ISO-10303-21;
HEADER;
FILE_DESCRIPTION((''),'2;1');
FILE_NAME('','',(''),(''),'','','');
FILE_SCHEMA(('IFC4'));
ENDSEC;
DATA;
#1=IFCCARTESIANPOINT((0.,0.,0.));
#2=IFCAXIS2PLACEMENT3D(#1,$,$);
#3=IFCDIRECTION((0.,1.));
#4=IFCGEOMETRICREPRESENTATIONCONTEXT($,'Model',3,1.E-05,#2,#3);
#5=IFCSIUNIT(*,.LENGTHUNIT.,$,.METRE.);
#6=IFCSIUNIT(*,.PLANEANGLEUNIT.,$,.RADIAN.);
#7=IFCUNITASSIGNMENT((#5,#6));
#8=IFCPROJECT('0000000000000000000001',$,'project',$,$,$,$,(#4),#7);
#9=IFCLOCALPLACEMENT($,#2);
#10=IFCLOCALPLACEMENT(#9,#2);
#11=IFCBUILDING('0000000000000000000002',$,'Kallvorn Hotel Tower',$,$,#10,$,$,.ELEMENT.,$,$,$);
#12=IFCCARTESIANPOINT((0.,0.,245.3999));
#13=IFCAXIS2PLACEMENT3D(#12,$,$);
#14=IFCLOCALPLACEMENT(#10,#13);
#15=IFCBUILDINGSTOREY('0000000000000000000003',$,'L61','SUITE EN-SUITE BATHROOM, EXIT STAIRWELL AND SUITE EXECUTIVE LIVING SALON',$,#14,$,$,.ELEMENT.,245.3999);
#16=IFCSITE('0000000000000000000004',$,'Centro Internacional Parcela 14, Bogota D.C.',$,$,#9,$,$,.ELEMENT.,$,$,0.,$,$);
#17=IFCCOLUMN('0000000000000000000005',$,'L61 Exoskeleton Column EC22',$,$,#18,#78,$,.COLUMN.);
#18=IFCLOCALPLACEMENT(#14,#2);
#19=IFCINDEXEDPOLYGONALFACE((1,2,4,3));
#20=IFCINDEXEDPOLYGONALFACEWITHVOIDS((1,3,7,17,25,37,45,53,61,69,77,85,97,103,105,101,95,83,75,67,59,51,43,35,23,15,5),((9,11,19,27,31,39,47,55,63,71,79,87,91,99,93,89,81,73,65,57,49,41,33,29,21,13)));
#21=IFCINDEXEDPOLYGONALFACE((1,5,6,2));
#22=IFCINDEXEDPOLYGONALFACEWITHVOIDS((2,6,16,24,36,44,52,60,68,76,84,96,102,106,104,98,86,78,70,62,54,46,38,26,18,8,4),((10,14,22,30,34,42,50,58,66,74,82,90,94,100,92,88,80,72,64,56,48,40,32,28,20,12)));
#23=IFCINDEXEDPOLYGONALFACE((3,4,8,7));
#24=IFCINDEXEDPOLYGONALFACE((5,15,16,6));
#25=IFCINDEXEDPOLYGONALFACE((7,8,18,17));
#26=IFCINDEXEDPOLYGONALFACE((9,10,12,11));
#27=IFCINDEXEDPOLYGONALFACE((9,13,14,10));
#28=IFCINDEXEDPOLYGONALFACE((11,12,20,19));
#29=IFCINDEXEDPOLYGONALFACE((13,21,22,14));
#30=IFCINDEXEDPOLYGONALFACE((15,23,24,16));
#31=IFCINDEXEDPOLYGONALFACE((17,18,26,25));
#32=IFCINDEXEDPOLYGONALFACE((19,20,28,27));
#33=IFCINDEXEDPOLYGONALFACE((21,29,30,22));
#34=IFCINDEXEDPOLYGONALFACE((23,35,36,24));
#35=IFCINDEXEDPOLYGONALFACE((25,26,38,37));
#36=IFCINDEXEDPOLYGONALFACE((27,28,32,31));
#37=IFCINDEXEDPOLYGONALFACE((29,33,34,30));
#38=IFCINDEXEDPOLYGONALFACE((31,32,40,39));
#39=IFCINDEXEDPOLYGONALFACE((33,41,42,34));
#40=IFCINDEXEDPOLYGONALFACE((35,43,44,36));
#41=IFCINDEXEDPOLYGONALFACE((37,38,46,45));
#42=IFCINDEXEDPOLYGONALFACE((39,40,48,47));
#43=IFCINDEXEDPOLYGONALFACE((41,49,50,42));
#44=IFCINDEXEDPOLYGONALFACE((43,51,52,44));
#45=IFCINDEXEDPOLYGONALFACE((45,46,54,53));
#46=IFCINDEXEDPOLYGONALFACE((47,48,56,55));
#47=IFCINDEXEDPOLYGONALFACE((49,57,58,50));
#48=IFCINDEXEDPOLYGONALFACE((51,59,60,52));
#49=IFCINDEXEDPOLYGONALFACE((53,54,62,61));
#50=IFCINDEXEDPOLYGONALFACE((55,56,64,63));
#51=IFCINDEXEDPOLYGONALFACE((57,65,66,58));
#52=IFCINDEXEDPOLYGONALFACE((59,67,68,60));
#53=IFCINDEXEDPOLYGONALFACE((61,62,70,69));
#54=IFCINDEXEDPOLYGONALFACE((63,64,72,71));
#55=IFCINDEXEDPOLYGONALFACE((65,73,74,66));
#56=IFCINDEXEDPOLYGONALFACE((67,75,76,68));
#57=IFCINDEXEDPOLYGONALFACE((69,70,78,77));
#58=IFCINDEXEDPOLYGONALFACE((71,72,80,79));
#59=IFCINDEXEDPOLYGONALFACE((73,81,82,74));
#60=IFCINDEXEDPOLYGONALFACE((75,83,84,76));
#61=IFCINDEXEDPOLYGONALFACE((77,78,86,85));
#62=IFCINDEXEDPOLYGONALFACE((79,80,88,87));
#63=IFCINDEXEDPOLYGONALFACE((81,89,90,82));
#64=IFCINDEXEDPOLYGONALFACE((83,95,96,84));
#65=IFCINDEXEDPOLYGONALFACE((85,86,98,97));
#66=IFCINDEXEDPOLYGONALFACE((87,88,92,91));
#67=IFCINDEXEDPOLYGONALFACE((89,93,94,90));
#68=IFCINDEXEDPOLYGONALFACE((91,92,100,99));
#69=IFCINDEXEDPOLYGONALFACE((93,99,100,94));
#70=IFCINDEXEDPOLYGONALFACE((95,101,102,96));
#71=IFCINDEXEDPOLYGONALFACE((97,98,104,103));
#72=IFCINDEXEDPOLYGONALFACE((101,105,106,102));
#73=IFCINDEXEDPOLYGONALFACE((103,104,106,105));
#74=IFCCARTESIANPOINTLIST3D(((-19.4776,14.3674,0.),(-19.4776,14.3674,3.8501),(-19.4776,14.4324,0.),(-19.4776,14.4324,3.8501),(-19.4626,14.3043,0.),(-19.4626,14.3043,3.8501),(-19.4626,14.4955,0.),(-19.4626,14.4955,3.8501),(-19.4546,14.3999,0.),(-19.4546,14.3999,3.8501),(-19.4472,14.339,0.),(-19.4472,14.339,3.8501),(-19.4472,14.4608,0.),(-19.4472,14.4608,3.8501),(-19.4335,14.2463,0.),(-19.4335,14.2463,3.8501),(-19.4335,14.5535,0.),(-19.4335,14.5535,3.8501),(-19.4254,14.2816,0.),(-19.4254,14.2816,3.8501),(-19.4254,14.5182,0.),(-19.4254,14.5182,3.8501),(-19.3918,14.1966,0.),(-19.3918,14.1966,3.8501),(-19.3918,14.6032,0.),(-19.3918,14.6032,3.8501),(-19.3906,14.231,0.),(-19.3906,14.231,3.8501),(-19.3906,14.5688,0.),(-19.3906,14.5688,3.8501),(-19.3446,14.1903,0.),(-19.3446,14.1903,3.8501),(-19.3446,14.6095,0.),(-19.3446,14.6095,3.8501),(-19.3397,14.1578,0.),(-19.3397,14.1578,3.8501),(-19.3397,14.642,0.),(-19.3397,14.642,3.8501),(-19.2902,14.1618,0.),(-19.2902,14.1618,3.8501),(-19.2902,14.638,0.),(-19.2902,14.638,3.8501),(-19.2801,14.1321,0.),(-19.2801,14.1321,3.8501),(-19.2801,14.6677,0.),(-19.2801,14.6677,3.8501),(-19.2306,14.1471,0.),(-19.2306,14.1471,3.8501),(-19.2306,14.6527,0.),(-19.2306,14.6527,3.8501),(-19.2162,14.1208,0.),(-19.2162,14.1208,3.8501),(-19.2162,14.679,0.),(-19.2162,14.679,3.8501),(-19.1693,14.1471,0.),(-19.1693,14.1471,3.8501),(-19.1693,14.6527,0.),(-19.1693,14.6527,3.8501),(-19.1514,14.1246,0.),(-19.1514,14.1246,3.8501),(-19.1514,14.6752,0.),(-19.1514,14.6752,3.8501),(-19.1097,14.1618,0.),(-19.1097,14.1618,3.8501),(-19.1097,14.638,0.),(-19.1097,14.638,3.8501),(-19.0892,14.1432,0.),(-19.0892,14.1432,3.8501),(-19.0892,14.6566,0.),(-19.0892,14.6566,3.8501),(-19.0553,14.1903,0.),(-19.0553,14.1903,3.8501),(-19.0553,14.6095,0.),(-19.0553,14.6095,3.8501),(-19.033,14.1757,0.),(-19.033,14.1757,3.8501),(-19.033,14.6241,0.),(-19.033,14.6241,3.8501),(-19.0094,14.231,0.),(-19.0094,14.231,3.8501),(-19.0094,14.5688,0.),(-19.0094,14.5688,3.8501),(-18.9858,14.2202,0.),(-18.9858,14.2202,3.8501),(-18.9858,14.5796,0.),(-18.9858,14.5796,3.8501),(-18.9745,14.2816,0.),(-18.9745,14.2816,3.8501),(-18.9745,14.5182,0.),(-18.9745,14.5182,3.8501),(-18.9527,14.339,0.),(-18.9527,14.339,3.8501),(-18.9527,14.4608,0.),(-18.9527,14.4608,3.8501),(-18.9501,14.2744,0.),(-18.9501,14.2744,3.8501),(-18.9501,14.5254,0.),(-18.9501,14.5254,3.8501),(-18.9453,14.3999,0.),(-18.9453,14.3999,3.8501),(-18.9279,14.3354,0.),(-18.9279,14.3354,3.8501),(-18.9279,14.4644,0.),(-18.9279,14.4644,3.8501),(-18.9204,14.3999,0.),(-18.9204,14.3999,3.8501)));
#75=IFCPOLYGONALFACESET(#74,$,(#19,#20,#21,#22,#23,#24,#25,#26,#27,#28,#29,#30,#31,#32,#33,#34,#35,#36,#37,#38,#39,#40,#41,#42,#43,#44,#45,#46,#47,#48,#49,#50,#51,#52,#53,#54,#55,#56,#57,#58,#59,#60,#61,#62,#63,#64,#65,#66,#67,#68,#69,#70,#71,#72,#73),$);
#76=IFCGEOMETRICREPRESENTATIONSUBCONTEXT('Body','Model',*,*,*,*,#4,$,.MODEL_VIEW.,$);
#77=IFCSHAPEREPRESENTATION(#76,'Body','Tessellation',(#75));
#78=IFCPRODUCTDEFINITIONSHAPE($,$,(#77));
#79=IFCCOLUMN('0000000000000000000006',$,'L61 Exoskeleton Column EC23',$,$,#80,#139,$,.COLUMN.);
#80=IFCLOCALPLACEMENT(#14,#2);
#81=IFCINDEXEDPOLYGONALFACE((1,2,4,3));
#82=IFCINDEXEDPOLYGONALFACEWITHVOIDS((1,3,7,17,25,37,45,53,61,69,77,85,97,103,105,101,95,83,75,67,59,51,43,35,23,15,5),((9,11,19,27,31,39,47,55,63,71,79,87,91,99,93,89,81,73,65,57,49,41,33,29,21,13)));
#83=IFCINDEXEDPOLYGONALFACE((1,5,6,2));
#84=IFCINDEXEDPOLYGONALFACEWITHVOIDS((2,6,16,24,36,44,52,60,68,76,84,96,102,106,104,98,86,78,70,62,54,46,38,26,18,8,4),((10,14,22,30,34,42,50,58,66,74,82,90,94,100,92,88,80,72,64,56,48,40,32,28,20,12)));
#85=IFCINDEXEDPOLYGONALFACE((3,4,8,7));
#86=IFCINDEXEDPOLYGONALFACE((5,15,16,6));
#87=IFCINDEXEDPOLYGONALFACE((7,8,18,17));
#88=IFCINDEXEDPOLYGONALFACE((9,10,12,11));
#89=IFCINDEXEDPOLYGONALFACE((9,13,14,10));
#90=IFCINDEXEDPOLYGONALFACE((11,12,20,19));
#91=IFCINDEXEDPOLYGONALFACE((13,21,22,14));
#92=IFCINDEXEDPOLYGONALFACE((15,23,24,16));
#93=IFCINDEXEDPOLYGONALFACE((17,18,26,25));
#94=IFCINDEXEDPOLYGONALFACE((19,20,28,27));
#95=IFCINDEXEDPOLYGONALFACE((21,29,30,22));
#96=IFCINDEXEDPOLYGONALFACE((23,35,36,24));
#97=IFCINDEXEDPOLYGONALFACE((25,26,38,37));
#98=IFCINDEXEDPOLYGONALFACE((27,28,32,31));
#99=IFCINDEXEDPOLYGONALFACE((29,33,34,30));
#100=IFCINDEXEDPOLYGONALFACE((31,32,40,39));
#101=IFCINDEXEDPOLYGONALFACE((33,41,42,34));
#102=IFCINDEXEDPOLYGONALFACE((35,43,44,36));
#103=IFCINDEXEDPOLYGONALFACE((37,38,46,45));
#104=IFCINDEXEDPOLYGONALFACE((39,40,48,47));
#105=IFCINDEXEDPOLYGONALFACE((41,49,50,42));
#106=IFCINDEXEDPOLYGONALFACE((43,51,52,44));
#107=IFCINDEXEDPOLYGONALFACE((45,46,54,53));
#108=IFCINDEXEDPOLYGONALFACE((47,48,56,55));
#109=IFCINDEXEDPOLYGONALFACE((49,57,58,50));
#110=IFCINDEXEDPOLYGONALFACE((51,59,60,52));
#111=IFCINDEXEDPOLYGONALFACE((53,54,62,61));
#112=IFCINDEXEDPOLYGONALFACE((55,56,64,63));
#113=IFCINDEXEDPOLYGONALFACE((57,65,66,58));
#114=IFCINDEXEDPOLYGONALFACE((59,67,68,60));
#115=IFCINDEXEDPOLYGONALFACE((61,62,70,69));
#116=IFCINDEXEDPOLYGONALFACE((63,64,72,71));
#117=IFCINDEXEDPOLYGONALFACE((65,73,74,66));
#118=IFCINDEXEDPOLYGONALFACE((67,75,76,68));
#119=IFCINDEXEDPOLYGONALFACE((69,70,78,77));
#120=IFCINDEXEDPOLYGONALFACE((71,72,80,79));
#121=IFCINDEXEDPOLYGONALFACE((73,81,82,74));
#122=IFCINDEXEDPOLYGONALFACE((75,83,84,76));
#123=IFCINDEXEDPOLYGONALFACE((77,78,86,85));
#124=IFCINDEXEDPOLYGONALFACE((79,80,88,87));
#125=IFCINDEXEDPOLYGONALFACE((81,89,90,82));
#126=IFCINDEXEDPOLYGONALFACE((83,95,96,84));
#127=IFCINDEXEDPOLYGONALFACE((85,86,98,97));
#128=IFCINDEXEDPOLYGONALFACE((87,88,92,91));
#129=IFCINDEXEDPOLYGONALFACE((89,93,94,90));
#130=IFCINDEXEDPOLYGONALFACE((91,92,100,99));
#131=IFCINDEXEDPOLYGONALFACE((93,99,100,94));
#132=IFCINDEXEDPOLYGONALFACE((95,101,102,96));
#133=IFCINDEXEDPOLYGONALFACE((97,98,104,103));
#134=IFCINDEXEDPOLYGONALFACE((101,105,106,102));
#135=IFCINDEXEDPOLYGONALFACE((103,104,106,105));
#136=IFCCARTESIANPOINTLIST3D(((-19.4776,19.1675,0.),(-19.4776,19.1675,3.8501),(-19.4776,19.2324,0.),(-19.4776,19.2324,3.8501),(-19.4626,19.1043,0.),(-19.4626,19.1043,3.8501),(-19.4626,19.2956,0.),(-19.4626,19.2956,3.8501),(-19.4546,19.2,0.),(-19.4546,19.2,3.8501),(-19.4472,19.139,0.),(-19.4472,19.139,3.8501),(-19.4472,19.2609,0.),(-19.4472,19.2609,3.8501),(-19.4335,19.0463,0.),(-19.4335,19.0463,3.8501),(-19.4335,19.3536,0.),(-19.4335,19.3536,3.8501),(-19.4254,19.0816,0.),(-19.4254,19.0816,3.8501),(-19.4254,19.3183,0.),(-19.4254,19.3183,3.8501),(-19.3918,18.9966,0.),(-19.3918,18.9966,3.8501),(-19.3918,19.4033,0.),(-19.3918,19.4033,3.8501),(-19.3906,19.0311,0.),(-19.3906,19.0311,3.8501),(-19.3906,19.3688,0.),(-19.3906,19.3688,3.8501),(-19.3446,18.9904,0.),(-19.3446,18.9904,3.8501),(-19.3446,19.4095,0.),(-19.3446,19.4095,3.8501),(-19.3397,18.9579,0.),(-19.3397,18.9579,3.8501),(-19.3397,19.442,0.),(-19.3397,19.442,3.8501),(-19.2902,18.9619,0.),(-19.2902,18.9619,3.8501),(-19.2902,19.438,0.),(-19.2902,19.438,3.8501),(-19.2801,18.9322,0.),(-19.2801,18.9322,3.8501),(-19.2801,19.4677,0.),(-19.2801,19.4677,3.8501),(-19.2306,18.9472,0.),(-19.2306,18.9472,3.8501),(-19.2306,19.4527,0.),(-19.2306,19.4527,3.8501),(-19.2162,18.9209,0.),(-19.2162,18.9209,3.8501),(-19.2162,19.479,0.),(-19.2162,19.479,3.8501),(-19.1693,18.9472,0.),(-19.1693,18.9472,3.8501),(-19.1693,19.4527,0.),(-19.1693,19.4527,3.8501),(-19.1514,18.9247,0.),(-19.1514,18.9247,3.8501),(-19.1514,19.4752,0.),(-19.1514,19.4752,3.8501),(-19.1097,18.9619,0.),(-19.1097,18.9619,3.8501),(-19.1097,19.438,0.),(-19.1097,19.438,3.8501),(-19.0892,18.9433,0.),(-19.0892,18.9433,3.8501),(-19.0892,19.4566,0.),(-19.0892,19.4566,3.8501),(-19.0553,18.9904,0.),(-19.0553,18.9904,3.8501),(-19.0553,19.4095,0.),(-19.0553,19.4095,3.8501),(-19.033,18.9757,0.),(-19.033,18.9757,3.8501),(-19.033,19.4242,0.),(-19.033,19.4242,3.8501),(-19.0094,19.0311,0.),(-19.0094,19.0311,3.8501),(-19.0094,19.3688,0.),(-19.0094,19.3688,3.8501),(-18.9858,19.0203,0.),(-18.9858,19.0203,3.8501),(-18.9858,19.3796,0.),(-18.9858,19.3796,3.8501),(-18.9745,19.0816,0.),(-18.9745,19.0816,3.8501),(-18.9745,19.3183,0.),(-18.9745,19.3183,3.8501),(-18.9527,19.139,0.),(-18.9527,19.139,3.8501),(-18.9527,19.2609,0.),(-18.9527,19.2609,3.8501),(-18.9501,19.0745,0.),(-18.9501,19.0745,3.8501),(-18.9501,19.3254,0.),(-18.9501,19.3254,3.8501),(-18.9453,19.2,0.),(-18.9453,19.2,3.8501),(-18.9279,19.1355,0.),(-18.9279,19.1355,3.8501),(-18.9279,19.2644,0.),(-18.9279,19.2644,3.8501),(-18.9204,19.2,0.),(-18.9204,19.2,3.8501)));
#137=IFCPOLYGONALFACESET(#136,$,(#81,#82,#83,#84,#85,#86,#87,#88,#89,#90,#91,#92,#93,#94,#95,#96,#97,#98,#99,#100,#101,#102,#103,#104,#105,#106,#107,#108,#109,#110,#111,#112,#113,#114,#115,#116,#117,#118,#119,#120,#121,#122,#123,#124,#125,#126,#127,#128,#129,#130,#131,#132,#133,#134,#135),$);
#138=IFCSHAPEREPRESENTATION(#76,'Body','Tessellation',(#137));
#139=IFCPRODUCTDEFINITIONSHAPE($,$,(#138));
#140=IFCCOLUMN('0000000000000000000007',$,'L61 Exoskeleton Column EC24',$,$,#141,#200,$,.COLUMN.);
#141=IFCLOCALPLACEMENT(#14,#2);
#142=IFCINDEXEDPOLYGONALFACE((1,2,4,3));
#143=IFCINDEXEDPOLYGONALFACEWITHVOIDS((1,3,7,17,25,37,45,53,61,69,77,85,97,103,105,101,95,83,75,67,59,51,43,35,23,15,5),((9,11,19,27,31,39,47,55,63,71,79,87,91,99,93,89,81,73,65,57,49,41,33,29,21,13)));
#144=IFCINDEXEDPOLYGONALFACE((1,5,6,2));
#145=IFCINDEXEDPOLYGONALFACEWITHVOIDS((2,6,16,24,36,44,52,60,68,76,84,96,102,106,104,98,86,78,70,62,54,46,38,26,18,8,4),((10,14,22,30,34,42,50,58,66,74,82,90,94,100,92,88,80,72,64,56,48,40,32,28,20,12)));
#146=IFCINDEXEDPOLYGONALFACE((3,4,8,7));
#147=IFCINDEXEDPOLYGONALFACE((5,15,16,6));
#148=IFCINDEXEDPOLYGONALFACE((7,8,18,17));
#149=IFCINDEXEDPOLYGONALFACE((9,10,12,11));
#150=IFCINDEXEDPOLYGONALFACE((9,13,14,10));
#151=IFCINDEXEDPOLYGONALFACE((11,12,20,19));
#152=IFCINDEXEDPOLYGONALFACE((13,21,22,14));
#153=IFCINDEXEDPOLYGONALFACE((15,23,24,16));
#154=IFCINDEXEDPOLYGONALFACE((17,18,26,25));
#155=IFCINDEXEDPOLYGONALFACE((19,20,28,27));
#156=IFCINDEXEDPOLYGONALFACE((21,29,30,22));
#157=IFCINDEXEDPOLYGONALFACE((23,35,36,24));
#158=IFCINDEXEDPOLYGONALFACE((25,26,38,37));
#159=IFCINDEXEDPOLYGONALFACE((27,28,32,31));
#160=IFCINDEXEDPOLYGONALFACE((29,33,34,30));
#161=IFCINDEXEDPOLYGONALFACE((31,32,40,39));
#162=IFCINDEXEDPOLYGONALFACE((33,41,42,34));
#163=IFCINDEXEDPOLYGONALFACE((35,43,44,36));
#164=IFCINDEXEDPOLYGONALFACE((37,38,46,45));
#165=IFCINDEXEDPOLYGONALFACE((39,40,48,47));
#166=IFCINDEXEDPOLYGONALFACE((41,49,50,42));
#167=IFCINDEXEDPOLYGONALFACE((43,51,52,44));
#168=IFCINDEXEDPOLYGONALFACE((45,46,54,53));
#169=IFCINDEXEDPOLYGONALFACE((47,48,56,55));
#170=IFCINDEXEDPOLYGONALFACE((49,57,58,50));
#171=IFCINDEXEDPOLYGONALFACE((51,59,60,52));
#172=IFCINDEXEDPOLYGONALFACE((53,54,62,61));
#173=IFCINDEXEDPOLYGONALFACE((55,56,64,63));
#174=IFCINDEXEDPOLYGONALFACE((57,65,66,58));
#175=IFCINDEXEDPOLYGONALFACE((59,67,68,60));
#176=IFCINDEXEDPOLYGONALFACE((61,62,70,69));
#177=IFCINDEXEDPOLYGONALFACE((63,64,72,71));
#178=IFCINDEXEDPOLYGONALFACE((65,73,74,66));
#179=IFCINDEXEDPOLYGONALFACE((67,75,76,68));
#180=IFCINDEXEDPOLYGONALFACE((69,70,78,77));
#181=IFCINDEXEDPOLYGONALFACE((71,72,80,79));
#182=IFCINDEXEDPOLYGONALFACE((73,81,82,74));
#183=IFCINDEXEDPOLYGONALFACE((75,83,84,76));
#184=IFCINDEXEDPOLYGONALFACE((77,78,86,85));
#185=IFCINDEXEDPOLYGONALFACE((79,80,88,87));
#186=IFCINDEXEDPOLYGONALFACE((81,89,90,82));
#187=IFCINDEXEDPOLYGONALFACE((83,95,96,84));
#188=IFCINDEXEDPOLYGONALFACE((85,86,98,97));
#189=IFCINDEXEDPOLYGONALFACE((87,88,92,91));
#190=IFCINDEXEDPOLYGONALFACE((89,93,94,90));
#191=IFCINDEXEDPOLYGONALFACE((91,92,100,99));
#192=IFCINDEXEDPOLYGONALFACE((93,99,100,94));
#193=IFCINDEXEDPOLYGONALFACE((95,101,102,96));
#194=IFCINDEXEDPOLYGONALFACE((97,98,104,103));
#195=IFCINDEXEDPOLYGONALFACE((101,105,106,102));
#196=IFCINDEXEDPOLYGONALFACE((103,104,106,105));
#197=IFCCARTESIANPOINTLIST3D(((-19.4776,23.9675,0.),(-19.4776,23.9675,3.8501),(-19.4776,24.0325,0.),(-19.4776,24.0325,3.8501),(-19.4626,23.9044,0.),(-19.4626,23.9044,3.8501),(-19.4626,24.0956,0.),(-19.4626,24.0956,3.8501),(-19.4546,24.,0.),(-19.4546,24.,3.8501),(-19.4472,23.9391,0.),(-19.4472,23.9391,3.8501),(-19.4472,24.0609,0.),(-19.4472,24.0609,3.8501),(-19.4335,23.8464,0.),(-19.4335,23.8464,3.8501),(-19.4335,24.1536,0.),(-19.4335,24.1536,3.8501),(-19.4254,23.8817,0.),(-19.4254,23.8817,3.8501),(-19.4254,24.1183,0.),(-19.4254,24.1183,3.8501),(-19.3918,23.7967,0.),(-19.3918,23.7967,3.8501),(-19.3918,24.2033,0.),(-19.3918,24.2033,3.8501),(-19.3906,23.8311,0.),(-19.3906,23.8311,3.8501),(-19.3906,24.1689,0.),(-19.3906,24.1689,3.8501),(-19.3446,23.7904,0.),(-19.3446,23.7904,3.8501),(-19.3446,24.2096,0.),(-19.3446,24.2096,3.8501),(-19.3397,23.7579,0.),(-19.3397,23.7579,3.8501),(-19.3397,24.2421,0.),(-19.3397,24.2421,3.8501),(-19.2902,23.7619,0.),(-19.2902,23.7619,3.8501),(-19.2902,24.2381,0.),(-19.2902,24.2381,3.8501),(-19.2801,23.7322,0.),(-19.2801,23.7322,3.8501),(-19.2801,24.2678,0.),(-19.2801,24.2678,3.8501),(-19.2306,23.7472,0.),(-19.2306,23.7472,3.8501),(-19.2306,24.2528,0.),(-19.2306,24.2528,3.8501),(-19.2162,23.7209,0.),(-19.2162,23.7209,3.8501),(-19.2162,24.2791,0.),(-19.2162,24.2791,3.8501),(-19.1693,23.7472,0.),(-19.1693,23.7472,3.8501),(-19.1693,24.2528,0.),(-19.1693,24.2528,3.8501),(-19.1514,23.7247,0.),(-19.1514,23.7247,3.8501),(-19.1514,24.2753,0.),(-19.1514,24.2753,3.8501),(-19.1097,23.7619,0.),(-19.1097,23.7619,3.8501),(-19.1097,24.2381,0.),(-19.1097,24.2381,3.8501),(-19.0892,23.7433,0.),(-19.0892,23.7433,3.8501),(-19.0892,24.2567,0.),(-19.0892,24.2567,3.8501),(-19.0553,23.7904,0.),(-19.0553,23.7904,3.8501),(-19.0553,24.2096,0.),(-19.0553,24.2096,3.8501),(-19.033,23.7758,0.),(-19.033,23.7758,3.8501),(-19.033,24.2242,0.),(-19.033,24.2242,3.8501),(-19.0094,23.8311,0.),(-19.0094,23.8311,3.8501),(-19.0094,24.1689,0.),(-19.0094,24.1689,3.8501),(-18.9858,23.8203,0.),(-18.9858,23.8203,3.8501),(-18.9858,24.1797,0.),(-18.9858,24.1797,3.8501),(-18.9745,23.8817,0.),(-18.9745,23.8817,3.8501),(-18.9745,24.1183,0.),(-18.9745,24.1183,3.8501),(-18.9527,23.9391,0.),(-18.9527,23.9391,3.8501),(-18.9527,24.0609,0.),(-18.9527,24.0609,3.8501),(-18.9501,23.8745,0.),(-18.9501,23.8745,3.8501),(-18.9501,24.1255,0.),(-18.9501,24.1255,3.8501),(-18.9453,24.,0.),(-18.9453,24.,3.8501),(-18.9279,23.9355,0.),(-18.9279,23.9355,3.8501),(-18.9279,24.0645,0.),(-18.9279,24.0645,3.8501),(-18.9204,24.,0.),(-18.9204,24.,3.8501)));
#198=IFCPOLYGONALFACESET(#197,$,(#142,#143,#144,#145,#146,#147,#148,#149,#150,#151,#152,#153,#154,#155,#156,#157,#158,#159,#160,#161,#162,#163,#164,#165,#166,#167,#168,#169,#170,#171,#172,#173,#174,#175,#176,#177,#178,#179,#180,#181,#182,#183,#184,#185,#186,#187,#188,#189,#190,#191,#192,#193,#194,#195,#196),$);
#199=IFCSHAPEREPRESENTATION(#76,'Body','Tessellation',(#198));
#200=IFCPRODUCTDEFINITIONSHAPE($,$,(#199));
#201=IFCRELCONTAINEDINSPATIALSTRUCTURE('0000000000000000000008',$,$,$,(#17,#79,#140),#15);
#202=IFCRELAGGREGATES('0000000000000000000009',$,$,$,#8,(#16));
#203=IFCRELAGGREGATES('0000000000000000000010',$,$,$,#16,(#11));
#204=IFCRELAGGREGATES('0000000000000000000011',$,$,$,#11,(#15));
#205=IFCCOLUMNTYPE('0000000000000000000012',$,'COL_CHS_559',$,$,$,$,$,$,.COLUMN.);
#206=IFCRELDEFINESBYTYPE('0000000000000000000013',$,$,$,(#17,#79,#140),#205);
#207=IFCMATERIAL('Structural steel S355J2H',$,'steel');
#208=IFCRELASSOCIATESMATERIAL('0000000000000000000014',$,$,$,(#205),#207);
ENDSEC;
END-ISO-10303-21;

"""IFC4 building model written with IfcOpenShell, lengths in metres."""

from ifc_helpers import new_model, si_unit, direction, frame, origin, origin_2d, place, context, subcontext, project, spatial, hollow_circle, extrude, material, material_profile, profile_set, type_object, element, save


model = new_model("IFC4")

# Units and contexts
model_context = context("Model", 3, precision=1e-05, world=origin(), true_north=direction((0.0, 1.0)))
body_context = subcontext(model_context, "Body", "Model", "MODEL_VIEW")
ifc_project = project(units=[si_unit("LENGTHUNIT", "METRE"), si_unit("PLANEANGLEUNIT", "RADIAN")], contexts=[model_context])

# Site, building, storey
site_placement = place(None, origin())
site = spatial("IfcSite", under=ifc_project, at=site_placement, Name="Centro Internacional Parcela 14, Bogota D.C.", CompositionType="ELEMENT", RefElevation=0.0)
building_placement = place(site_placement, origin())
building = spatial("IfcBuilding", under=site, at=building_placement, Name="Kallvorn Hotel Tower", CompositionType="ELEMENT")
storey_placement = place(building_placement, frame((0.0, 0.0, 245.3999)))
storey = spatial("IfcBuildingStorey", under=building, at=storey_placement, Name="L61", Description="SUITE EN-SUITE BATHROOM, EXIT STAIRWELL AND SUITE EXECUTIVE LIVING SALON", CompositionType="ELEMENT", Elevation=245.3999)

# Columns
ifc_material_1 = material(Name="Structural steel S355J2H", Category="steel")
ifc_material_profile_1 = material_profile(ifc_material_1, hollow_circle(Radius=0.2795, WallThickness=0.0249, at=origin_2d()), Name="CHS 559x25")
ifc_profile_set_1 = profile_set([ifc_material_profile_1], Name="Structural steel S355J2H")
column_type_1 = type_object("IfcColumnType", Name="COL_CHS_559", PredefinedType="COLUMN", material=ifc_profile_set_1)
for number, where, z_axis, x_axis, name in (
    (1, (-19.2, 14.3999, 0.0), (0.0, 0.0, 1.0), (1.0, 0.0, 0.0), "L61 Exoskeleton Column EC22"),
    (2, (-19.2, 19.2, 0.0), (0.0, 0.0, 1.0), (1.0, 0.0, 0.0), "L61 Exoskeleton Column EC23"),
    (3, (-19.2, 24.0, 0.0), (0.0, 0.0, 1.0), (1.0, 0.0, 0.0), "L61 Exoskeleton Column EC24"),
):
    element("IfcColumn", number, at=place(storey_placement, frame(where, z_axis=z_axis, x_axis=x_axis)), inside=storey, type_object=column_type_1, Name=name, PredefinedType="COLUMN", context=body_context, shape_type="SweptSolid", body=[
        extrude(hollow_circle(Radius=0.2795, WallThickness=0.0249, at=origin_2d()), origin(), (0.0, 0.0, 1.0), 3.8501),
    ])

save(model, "model.ifc")
